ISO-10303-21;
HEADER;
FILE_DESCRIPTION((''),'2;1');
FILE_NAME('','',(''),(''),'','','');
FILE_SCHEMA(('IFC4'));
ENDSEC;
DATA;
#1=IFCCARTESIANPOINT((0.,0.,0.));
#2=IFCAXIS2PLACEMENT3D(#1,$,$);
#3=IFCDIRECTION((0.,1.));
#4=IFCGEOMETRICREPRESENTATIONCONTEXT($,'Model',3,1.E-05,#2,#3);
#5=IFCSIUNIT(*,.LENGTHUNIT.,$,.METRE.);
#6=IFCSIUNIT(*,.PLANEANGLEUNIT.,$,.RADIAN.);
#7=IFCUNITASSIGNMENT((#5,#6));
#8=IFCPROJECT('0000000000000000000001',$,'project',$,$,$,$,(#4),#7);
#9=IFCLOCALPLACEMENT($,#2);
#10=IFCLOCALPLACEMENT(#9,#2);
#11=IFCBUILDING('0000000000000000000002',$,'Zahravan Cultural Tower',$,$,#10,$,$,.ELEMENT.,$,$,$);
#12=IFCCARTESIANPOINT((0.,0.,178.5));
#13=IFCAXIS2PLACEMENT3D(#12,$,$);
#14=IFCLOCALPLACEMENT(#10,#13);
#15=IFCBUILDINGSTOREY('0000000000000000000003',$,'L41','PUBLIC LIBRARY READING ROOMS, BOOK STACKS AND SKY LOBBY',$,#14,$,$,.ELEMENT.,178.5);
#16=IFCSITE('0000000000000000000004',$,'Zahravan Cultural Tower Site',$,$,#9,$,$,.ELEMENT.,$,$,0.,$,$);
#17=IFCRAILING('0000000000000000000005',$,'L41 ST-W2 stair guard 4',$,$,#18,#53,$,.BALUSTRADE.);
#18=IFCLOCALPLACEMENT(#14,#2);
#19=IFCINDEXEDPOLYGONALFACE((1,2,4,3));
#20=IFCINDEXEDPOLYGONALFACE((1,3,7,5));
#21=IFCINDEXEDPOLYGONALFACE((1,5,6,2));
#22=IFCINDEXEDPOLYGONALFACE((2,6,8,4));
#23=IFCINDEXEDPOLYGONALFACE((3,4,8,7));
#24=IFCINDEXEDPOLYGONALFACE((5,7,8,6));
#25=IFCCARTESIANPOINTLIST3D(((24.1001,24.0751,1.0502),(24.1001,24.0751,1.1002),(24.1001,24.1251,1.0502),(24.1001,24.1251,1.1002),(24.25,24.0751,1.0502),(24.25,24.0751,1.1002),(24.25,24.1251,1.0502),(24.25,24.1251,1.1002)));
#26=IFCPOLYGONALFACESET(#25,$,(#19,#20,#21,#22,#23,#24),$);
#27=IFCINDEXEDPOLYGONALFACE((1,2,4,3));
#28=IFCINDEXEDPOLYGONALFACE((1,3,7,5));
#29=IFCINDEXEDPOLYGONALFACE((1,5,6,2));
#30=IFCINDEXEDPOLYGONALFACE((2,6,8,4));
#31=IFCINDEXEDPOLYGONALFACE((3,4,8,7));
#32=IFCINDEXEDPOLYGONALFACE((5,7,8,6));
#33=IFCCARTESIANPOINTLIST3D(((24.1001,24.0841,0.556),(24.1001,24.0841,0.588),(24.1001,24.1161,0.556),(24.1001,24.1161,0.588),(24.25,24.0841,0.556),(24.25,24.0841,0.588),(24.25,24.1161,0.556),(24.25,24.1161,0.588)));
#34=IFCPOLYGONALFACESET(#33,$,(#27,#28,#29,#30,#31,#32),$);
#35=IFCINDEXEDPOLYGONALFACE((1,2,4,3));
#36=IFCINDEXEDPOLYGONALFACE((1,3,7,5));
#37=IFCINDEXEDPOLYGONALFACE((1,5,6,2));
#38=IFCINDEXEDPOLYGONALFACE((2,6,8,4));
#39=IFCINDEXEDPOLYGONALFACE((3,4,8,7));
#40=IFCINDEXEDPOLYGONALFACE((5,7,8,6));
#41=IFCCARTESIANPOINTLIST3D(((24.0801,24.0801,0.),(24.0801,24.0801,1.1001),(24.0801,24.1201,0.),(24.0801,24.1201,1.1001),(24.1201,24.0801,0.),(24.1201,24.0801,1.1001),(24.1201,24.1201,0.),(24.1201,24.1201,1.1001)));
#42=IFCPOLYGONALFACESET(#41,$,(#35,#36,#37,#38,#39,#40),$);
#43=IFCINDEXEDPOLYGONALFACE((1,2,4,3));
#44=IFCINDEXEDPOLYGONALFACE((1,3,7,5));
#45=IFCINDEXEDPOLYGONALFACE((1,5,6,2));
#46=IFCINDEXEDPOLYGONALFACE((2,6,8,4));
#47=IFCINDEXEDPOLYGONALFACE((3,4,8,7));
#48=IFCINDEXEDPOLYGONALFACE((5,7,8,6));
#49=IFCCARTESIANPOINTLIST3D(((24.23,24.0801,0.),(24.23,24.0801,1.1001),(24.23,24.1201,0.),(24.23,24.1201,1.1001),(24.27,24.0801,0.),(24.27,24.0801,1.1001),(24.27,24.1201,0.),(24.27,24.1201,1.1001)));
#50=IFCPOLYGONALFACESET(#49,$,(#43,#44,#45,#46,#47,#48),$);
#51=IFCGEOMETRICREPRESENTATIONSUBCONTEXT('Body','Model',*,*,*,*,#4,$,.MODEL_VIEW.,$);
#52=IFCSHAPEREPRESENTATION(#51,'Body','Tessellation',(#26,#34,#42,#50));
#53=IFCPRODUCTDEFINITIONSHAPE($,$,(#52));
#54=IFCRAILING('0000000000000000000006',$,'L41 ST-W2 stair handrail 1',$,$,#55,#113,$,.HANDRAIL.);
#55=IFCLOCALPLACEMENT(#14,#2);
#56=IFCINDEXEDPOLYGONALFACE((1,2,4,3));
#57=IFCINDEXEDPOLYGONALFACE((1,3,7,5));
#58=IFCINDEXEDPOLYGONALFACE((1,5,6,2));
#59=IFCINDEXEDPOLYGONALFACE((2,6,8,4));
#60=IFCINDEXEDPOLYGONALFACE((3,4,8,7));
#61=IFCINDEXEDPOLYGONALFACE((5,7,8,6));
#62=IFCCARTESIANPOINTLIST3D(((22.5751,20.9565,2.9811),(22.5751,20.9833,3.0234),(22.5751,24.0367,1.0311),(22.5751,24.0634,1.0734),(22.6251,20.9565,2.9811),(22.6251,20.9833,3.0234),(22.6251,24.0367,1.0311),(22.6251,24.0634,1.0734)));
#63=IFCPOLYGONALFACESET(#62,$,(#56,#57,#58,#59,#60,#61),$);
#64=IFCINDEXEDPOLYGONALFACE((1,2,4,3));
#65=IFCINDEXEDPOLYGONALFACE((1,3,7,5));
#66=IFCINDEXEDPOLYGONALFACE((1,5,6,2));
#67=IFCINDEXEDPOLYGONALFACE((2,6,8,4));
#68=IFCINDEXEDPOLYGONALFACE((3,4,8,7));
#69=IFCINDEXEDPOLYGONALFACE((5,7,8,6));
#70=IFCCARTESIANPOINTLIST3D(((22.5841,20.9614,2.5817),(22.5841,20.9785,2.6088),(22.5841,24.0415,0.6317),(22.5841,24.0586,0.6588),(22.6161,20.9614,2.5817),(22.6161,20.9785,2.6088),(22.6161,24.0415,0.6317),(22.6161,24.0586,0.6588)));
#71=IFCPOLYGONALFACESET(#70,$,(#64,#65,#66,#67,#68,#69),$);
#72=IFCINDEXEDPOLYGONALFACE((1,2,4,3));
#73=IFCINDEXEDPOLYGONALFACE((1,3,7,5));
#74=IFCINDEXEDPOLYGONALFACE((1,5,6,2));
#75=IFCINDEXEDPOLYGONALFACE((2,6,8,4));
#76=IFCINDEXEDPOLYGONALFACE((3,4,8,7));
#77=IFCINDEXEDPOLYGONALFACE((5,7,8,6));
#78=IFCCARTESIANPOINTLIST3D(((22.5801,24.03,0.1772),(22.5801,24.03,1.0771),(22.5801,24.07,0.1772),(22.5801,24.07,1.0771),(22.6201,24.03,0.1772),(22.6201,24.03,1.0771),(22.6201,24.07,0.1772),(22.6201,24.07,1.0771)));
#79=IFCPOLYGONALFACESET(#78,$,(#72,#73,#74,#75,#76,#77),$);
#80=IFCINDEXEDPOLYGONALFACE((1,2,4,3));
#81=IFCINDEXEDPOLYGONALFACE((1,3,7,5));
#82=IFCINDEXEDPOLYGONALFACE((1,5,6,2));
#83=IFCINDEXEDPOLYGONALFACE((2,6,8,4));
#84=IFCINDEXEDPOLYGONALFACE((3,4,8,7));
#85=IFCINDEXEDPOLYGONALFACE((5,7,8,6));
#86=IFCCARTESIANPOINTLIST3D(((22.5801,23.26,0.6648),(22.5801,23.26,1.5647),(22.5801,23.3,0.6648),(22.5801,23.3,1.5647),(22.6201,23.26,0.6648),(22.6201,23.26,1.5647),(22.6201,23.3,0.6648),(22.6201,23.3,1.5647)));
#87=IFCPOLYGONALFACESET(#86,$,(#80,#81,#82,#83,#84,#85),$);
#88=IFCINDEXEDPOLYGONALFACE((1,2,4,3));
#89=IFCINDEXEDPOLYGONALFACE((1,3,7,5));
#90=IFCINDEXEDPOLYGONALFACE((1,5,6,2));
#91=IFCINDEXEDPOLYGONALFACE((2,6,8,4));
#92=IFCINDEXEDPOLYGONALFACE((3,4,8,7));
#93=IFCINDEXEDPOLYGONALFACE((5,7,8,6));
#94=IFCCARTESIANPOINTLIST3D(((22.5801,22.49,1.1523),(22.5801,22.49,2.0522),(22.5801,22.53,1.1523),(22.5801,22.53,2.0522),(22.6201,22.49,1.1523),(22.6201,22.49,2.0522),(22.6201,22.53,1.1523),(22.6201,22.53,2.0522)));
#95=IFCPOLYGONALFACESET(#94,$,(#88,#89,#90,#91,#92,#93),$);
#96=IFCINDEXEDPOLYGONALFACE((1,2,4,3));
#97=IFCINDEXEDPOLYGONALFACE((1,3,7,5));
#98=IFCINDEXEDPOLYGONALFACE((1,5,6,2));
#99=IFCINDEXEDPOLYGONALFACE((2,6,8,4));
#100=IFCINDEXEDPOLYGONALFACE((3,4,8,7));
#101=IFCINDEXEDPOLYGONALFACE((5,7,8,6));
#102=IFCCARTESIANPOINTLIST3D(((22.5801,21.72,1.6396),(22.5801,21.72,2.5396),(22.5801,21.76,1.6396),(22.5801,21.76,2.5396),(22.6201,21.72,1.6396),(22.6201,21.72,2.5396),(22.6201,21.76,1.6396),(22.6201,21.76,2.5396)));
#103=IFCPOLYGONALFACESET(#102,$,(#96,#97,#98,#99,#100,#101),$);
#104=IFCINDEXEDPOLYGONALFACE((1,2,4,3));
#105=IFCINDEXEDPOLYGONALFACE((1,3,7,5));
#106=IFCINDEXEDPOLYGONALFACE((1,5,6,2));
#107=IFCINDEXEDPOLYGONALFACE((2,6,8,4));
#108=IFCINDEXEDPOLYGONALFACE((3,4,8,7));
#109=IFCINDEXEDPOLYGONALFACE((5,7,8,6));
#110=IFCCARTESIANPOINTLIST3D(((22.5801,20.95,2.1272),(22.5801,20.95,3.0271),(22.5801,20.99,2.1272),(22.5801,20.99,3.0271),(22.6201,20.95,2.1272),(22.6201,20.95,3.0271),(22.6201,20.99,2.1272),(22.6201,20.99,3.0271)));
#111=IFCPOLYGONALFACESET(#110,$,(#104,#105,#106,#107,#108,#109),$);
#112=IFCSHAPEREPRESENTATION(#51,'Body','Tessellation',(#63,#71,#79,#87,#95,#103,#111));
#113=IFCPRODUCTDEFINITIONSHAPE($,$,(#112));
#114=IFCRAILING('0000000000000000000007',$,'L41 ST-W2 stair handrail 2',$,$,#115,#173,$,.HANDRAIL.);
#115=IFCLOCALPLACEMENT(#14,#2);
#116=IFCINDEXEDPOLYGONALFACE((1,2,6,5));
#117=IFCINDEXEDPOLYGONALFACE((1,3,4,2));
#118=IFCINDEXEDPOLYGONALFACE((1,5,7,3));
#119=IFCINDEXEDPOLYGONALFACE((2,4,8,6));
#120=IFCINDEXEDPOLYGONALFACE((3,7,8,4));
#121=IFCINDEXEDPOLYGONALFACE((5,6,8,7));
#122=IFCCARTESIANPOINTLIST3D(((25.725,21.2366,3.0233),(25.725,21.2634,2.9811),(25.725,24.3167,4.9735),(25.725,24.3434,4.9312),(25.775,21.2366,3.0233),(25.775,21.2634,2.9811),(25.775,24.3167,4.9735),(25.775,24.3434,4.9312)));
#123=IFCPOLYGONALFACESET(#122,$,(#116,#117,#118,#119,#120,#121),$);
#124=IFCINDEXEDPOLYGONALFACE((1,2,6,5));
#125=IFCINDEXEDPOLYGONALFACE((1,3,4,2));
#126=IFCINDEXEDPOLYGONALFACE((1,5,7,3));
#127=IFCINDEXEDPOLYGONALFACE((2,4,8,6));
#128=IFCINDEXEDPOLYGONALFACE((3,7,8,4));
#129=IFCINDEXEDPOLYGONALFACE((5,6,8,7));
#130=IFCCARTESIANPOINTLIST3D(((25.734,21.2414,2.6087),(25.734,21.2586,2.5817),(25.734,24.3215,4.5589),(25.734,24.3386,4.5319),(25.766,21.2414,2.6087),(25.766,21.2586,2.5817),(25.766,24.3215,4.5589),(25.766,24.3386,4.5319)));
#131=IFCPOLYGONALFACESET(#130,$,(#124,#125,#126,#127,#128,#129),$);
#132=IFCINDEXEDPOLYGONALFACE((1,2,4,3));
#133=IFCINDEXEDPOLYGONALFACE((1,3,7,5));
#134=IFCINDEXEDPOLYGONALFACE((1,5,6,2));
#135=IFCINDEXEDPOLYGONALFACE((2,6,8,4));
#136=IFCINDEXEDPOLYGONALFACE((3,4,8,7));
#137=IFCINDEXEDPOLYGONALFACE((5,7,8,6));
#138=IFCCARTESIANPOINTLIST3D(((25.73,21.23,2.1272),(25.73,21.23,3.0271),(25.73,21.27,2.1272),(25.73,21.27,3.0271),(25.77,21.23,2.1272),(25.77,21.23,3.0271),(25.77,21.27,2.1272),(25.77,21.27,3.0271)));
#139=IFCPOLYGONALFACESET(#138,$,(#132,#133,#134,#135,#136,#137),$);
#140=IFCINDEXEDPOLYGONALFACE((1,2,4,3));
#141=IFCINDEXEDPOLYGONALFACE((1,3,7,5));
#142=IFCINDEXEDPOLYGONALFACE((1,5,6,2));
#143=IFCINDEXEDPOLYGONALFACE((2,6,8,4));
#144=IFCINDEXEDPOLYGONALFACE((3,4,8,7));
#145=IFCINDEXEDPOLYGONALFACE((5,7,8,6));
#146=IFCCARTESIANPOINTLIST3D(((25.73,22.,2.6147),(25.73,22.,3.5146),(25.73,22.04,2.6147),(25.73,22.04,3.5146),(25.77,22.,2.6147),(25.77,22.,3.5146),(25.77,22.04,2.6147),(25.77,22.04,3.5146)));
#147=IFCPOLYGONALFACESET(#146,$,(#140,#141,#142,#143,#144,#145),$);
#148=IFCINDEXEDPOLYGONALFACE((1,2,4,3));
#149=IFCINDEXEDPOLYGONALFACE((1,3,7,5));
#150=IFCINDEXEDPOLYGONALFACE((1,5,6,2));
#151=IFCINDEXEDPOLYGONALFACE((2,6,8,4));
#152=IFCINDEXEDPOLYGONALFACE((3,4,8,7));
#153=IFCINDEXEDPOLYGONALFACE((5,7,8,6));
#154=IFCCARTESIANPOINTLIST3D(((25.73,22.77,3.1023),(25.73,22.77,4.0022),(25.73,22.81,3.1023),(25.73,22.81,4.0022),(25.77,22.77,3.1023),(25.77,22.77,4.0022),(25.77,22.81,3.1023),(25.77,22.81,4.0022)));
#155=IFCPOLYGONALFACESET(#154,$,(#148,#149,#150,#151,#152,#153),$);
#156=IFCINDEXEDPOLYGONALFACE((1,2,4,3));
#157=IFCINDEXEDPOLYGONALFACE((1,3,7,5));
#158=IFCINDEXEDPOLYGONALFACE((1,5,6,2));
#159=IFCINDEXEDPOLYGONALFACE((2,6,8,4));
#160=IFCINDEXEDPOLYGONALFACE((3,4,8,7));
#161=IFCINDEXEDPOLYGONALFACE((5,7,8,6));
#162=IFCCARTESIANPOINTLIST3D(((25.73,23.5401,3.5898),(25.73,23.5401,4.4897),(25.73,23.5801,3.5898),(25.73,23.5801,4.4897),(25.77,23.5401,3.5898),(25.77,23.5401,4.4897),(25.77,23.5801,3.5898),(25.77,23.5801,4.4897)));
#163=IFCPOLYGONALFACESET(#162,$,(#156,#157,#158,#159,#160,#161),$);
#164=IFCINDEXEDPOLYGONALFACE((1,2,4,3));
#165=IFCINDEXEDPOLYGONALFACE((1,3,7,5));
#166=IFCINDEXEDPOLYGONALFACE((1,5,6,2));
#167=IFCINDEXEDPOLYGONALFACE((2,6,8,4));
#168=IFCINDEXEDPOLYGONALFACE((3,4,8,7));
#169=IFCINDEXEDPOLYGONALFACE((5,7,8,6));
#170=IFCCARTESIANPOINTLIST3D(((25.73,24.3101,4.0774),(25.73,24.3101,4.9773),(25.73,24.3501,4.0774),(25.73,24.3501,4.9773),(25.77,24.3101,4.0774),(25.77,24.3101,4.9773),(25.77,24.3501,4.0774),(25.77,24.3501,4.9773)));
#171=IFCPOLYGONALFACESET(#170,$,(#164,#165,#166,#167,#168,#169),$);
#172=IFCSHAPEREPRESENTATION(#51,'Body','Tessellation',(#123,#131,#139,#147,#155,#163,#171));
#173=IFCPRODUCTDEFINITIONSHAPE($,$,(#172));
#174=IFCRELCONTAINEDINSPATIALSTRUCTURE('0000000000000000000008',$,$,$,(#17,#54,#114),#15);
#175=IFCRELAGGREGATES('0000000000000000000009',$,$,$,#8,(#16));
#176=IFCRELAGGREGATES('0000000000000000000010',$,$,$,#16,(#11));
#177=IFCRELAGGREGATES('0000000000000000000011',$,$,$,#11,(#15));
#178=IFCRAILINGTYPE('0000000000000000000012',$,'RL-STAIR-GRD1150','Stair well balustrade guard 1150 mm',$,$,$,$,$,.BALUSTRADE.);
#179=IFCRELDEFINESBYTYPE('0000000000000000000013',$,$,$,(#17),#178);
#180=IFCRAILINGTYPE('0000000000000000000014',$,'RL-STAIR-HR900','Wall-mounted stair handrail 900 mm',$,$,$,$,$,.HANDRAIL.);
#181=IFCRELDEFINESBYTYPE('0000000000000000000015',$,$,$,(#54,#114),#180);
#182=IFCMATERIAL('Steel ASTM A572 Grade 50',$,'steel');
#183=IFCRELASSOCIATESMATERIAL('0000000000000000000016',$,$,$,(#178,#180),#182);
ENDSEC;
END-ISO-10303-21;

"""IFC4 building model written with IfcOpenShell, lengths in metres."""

from ifc_helpers import new_model, si_unit, direction, frame, origin, origin_2d, place, context, subcontext, project, spatial, rectangle, extrude, material, type_object, element, save


model = new_model("IFC4")

# Units and contexts
model_context = context("Model", 3, precision=1e-05, world=origin(), true_north=direction((0.0, 1.0)))
body_context = subcontext(model_context, "Body", "Model", "MODEL_VIEW")
ifc_project = project(units=[si_unit("LENGTHUNIT", "METRE"), si_unit("PLANEANGLEUNIT", "RADIAN")], contexts=[model_context])

# Site, building, storey
site_placement = place(None, origin())
site = spatial("IfcSite", under=ifc_project, at=site_placement, Name="Zahravan Cultural Tower Site", CompositionType="ELEMENT", RefElevation=0.0)
building_placement = place(site_placement, origin())
building = spatial("IfcBuilding", under=site, at=building_placement, Name="Zahravan Cultural Tower", CompositionType="ELEMENT")
storey_placement = place(building_placement, frame((0.0, 0.0, 178.5)))
storey = spatial("IfcBuildingStorey", under=building, at=storey_placement, Name="L41", Description="PUBLIC LIBRARY READING ROOMS, BOOK STACKS AND SKY LOBBY", CompositionType="ELEMENT", Elevation=178.5)

# Shared definitions
ifc_material_1 = material(Name="Steel ASTM A572 Grade 50", Category="steel")

# Railings
railing_type_1 = type_object("IfcRailingType", Name="RL-STAIR-GRD1150", Description="Stair well balustrade guard 1150 mm", PredefinedType="BALUSTRADE", material=ifc_material_1)
railing_1_placement = place(storey_placement, frame((24.1001, 24.1001, 0.0)))
element("IfcRailing", 1, at=railing_1_placement, inside=storey, type_object=railing_type_1, Name="L41 ST-W2 stair guard 4", PredefinedType="BALUSTRADE", context=body_context, shape_type="SweptSolid", body=[
    extrude(rectangle(XDim=0.05, YDim=0.05, at=origin_2d()), frame((0.0, 0.0, 1.0752), z_axis=(1.0, 0.0, 0.0), x_axis=(0.0, 1.0, 0.0)), (0.0, 0.0, 1.0), 0.1499),
    extrude(rectangle(XDim=0.032, YDim=0.032, at=origin_2d()), frame((0.0, 0.0, 0.572), z_axis=(1.0, 0.0, 0.0), x_axis=(0.0, 1.0, 0.0)), (0.0, 0.0, 1.0), 0.1499),
    extrude(rectangle(XDim=0.04, YDim=0.04, at=origin_2d()), origin(), (0.0, 0.0, 1.0), 1.1001),
    extrude(rectangle(XDim=0.04, YDim=0.04, at=origin_2d()), frame((0.1499, 0.0, 0.0)), (0.0, 0.0, 1.0), 1.1001),
])
railing_type_2 = type_object("IfcRailingType", Name="RL-STAIR-HR900", Description="Wall-mounted stair handrail 900 mm", PredefinedType="HANDRAIL", material=ifc_material_1)
railing_2_placement = place(storey_placement, frame((22.6001, 24.05, 0.1772)))
element("IfcRailing", 2, at=railing_2_placement, inside=storey, type_object=railing_type_2, Name="L41 ST-W2 stair handrail 1", PredefinedType="HANDRAIL", context=body_context, shape_type="SweptSolid", body=[
    extrude(rectangle(XDim=0.05, YDim=0.05, at=origin_2d()), frame((0.0, 0.0, 0.875), z_axis=(0.0, -0.844914, 0.534902), x_axis=(1.0, 0.0, 0.0)), (0.0, 0.0, 1.0), 3.6455),
    extrude(rectangle(XDim=0.032, YDim=0.032, at=origin_2d()), frame((0.0, 0.0, 0.468), z_axis=(0.0, -0.844914, 0.534902), x_axis=(1.0, 0.0, 0.0)), (0.0, 0.0, 1.0), 3.6455),
    extrude(rectangle(XDim=0.04, YDim=0.04, at=origin_2d()), origin(), (0.0, 0.0, 1.0), 0.8999),
    extrude(rectangle(XDim=0.04, YDim=0.04, at=origin_2d()), frame((0.0, -0.77, 0.4875)), (0.0, 0.0, 1.0), 0.8999),
    extrude(rectangle(XDim=0.04, YDim=0.04, at=origin_2d()), frame((0.0, -1.54, 0.9751)), (0.0, 0.0, 1.0), 0.8999),
    extrude(rectangle(XDim=0.04, YDim=0.04, at=origin_2d()), frame((0.0, -2.3101, 1.4624)), (0.0, 0.0, 1.0), 0.8999),
    extrude(rectangle(XDim=0.04, YDim=0.04, at=origin_2d()), frame((0.0, -3.0801, 1.95)), (0.0, 0.0, 1.0), 0.8999),
])
railing_3_placement = place(storey_placement, frame((25.75, 21.25, 2.1272)))
element("IfcRailing", 3, at=railing_3_placement, inside=storey, type_object=railing_type_2, Name="L41 ST-W2 stair handrail 2", PredefinedType="HANDRAIL", context=body_context, shape_type="SweptSolid", body=[
    extrude(rectangle(XDim=0.05, YDim=0.05, at=origin_2d()), frame((0.0, 0.0, 0.875), z_axis=(0.0, 0.844884, 0.53495), x_axis=(-1.0, 0.0, 0.0)), (0.0, 0.0, 1.0), 3.6455),
    extrude(rectangle(XDim=0.032, YDim=0.032, at=origin_2d()), frame((0.0, 0.0, 0.468), z_axis=(0.0, 0.844884, 0.53495), x_axis=(-1.0, 0.0, 0.0)), (0.0, 0.0, 1.0), 3.6455),
    extrude(rectangle(XDim=0.04, YDim=0.04, at=origin_2d()), origin(), (0.0, 0.0, 1.0), 0.8999),
    extrude(rectangle(XDim=0.04, YDim=0.04, at=origin_2d()), frame((0.0, 0.77, 0.4875)), (0.0, 0.0, 1.0), 0.8999),
    extrude(rectangle(XDim=0.04, YDim=0.04, at=origin_2d()), frame((0.0, 1.54, 0.9751)), (0.0, 0.0, 1.0), 0.8999),
    extrude(rectangle(XDim=0.04, YDim=0.04, at=origin_2d()), frame((0.0, 2.3101, 1.4626)), (0.0, 0.0, 1.0), 0.8999),
    extrude(rectangle(XDim=0.04, YDim=0.04, at=origin_2d()), frame((0.0, 3.0801, 1.9502)), (0.0, 0.0, 1.0), 0.8999),
])

save(model, "model.ifc")
